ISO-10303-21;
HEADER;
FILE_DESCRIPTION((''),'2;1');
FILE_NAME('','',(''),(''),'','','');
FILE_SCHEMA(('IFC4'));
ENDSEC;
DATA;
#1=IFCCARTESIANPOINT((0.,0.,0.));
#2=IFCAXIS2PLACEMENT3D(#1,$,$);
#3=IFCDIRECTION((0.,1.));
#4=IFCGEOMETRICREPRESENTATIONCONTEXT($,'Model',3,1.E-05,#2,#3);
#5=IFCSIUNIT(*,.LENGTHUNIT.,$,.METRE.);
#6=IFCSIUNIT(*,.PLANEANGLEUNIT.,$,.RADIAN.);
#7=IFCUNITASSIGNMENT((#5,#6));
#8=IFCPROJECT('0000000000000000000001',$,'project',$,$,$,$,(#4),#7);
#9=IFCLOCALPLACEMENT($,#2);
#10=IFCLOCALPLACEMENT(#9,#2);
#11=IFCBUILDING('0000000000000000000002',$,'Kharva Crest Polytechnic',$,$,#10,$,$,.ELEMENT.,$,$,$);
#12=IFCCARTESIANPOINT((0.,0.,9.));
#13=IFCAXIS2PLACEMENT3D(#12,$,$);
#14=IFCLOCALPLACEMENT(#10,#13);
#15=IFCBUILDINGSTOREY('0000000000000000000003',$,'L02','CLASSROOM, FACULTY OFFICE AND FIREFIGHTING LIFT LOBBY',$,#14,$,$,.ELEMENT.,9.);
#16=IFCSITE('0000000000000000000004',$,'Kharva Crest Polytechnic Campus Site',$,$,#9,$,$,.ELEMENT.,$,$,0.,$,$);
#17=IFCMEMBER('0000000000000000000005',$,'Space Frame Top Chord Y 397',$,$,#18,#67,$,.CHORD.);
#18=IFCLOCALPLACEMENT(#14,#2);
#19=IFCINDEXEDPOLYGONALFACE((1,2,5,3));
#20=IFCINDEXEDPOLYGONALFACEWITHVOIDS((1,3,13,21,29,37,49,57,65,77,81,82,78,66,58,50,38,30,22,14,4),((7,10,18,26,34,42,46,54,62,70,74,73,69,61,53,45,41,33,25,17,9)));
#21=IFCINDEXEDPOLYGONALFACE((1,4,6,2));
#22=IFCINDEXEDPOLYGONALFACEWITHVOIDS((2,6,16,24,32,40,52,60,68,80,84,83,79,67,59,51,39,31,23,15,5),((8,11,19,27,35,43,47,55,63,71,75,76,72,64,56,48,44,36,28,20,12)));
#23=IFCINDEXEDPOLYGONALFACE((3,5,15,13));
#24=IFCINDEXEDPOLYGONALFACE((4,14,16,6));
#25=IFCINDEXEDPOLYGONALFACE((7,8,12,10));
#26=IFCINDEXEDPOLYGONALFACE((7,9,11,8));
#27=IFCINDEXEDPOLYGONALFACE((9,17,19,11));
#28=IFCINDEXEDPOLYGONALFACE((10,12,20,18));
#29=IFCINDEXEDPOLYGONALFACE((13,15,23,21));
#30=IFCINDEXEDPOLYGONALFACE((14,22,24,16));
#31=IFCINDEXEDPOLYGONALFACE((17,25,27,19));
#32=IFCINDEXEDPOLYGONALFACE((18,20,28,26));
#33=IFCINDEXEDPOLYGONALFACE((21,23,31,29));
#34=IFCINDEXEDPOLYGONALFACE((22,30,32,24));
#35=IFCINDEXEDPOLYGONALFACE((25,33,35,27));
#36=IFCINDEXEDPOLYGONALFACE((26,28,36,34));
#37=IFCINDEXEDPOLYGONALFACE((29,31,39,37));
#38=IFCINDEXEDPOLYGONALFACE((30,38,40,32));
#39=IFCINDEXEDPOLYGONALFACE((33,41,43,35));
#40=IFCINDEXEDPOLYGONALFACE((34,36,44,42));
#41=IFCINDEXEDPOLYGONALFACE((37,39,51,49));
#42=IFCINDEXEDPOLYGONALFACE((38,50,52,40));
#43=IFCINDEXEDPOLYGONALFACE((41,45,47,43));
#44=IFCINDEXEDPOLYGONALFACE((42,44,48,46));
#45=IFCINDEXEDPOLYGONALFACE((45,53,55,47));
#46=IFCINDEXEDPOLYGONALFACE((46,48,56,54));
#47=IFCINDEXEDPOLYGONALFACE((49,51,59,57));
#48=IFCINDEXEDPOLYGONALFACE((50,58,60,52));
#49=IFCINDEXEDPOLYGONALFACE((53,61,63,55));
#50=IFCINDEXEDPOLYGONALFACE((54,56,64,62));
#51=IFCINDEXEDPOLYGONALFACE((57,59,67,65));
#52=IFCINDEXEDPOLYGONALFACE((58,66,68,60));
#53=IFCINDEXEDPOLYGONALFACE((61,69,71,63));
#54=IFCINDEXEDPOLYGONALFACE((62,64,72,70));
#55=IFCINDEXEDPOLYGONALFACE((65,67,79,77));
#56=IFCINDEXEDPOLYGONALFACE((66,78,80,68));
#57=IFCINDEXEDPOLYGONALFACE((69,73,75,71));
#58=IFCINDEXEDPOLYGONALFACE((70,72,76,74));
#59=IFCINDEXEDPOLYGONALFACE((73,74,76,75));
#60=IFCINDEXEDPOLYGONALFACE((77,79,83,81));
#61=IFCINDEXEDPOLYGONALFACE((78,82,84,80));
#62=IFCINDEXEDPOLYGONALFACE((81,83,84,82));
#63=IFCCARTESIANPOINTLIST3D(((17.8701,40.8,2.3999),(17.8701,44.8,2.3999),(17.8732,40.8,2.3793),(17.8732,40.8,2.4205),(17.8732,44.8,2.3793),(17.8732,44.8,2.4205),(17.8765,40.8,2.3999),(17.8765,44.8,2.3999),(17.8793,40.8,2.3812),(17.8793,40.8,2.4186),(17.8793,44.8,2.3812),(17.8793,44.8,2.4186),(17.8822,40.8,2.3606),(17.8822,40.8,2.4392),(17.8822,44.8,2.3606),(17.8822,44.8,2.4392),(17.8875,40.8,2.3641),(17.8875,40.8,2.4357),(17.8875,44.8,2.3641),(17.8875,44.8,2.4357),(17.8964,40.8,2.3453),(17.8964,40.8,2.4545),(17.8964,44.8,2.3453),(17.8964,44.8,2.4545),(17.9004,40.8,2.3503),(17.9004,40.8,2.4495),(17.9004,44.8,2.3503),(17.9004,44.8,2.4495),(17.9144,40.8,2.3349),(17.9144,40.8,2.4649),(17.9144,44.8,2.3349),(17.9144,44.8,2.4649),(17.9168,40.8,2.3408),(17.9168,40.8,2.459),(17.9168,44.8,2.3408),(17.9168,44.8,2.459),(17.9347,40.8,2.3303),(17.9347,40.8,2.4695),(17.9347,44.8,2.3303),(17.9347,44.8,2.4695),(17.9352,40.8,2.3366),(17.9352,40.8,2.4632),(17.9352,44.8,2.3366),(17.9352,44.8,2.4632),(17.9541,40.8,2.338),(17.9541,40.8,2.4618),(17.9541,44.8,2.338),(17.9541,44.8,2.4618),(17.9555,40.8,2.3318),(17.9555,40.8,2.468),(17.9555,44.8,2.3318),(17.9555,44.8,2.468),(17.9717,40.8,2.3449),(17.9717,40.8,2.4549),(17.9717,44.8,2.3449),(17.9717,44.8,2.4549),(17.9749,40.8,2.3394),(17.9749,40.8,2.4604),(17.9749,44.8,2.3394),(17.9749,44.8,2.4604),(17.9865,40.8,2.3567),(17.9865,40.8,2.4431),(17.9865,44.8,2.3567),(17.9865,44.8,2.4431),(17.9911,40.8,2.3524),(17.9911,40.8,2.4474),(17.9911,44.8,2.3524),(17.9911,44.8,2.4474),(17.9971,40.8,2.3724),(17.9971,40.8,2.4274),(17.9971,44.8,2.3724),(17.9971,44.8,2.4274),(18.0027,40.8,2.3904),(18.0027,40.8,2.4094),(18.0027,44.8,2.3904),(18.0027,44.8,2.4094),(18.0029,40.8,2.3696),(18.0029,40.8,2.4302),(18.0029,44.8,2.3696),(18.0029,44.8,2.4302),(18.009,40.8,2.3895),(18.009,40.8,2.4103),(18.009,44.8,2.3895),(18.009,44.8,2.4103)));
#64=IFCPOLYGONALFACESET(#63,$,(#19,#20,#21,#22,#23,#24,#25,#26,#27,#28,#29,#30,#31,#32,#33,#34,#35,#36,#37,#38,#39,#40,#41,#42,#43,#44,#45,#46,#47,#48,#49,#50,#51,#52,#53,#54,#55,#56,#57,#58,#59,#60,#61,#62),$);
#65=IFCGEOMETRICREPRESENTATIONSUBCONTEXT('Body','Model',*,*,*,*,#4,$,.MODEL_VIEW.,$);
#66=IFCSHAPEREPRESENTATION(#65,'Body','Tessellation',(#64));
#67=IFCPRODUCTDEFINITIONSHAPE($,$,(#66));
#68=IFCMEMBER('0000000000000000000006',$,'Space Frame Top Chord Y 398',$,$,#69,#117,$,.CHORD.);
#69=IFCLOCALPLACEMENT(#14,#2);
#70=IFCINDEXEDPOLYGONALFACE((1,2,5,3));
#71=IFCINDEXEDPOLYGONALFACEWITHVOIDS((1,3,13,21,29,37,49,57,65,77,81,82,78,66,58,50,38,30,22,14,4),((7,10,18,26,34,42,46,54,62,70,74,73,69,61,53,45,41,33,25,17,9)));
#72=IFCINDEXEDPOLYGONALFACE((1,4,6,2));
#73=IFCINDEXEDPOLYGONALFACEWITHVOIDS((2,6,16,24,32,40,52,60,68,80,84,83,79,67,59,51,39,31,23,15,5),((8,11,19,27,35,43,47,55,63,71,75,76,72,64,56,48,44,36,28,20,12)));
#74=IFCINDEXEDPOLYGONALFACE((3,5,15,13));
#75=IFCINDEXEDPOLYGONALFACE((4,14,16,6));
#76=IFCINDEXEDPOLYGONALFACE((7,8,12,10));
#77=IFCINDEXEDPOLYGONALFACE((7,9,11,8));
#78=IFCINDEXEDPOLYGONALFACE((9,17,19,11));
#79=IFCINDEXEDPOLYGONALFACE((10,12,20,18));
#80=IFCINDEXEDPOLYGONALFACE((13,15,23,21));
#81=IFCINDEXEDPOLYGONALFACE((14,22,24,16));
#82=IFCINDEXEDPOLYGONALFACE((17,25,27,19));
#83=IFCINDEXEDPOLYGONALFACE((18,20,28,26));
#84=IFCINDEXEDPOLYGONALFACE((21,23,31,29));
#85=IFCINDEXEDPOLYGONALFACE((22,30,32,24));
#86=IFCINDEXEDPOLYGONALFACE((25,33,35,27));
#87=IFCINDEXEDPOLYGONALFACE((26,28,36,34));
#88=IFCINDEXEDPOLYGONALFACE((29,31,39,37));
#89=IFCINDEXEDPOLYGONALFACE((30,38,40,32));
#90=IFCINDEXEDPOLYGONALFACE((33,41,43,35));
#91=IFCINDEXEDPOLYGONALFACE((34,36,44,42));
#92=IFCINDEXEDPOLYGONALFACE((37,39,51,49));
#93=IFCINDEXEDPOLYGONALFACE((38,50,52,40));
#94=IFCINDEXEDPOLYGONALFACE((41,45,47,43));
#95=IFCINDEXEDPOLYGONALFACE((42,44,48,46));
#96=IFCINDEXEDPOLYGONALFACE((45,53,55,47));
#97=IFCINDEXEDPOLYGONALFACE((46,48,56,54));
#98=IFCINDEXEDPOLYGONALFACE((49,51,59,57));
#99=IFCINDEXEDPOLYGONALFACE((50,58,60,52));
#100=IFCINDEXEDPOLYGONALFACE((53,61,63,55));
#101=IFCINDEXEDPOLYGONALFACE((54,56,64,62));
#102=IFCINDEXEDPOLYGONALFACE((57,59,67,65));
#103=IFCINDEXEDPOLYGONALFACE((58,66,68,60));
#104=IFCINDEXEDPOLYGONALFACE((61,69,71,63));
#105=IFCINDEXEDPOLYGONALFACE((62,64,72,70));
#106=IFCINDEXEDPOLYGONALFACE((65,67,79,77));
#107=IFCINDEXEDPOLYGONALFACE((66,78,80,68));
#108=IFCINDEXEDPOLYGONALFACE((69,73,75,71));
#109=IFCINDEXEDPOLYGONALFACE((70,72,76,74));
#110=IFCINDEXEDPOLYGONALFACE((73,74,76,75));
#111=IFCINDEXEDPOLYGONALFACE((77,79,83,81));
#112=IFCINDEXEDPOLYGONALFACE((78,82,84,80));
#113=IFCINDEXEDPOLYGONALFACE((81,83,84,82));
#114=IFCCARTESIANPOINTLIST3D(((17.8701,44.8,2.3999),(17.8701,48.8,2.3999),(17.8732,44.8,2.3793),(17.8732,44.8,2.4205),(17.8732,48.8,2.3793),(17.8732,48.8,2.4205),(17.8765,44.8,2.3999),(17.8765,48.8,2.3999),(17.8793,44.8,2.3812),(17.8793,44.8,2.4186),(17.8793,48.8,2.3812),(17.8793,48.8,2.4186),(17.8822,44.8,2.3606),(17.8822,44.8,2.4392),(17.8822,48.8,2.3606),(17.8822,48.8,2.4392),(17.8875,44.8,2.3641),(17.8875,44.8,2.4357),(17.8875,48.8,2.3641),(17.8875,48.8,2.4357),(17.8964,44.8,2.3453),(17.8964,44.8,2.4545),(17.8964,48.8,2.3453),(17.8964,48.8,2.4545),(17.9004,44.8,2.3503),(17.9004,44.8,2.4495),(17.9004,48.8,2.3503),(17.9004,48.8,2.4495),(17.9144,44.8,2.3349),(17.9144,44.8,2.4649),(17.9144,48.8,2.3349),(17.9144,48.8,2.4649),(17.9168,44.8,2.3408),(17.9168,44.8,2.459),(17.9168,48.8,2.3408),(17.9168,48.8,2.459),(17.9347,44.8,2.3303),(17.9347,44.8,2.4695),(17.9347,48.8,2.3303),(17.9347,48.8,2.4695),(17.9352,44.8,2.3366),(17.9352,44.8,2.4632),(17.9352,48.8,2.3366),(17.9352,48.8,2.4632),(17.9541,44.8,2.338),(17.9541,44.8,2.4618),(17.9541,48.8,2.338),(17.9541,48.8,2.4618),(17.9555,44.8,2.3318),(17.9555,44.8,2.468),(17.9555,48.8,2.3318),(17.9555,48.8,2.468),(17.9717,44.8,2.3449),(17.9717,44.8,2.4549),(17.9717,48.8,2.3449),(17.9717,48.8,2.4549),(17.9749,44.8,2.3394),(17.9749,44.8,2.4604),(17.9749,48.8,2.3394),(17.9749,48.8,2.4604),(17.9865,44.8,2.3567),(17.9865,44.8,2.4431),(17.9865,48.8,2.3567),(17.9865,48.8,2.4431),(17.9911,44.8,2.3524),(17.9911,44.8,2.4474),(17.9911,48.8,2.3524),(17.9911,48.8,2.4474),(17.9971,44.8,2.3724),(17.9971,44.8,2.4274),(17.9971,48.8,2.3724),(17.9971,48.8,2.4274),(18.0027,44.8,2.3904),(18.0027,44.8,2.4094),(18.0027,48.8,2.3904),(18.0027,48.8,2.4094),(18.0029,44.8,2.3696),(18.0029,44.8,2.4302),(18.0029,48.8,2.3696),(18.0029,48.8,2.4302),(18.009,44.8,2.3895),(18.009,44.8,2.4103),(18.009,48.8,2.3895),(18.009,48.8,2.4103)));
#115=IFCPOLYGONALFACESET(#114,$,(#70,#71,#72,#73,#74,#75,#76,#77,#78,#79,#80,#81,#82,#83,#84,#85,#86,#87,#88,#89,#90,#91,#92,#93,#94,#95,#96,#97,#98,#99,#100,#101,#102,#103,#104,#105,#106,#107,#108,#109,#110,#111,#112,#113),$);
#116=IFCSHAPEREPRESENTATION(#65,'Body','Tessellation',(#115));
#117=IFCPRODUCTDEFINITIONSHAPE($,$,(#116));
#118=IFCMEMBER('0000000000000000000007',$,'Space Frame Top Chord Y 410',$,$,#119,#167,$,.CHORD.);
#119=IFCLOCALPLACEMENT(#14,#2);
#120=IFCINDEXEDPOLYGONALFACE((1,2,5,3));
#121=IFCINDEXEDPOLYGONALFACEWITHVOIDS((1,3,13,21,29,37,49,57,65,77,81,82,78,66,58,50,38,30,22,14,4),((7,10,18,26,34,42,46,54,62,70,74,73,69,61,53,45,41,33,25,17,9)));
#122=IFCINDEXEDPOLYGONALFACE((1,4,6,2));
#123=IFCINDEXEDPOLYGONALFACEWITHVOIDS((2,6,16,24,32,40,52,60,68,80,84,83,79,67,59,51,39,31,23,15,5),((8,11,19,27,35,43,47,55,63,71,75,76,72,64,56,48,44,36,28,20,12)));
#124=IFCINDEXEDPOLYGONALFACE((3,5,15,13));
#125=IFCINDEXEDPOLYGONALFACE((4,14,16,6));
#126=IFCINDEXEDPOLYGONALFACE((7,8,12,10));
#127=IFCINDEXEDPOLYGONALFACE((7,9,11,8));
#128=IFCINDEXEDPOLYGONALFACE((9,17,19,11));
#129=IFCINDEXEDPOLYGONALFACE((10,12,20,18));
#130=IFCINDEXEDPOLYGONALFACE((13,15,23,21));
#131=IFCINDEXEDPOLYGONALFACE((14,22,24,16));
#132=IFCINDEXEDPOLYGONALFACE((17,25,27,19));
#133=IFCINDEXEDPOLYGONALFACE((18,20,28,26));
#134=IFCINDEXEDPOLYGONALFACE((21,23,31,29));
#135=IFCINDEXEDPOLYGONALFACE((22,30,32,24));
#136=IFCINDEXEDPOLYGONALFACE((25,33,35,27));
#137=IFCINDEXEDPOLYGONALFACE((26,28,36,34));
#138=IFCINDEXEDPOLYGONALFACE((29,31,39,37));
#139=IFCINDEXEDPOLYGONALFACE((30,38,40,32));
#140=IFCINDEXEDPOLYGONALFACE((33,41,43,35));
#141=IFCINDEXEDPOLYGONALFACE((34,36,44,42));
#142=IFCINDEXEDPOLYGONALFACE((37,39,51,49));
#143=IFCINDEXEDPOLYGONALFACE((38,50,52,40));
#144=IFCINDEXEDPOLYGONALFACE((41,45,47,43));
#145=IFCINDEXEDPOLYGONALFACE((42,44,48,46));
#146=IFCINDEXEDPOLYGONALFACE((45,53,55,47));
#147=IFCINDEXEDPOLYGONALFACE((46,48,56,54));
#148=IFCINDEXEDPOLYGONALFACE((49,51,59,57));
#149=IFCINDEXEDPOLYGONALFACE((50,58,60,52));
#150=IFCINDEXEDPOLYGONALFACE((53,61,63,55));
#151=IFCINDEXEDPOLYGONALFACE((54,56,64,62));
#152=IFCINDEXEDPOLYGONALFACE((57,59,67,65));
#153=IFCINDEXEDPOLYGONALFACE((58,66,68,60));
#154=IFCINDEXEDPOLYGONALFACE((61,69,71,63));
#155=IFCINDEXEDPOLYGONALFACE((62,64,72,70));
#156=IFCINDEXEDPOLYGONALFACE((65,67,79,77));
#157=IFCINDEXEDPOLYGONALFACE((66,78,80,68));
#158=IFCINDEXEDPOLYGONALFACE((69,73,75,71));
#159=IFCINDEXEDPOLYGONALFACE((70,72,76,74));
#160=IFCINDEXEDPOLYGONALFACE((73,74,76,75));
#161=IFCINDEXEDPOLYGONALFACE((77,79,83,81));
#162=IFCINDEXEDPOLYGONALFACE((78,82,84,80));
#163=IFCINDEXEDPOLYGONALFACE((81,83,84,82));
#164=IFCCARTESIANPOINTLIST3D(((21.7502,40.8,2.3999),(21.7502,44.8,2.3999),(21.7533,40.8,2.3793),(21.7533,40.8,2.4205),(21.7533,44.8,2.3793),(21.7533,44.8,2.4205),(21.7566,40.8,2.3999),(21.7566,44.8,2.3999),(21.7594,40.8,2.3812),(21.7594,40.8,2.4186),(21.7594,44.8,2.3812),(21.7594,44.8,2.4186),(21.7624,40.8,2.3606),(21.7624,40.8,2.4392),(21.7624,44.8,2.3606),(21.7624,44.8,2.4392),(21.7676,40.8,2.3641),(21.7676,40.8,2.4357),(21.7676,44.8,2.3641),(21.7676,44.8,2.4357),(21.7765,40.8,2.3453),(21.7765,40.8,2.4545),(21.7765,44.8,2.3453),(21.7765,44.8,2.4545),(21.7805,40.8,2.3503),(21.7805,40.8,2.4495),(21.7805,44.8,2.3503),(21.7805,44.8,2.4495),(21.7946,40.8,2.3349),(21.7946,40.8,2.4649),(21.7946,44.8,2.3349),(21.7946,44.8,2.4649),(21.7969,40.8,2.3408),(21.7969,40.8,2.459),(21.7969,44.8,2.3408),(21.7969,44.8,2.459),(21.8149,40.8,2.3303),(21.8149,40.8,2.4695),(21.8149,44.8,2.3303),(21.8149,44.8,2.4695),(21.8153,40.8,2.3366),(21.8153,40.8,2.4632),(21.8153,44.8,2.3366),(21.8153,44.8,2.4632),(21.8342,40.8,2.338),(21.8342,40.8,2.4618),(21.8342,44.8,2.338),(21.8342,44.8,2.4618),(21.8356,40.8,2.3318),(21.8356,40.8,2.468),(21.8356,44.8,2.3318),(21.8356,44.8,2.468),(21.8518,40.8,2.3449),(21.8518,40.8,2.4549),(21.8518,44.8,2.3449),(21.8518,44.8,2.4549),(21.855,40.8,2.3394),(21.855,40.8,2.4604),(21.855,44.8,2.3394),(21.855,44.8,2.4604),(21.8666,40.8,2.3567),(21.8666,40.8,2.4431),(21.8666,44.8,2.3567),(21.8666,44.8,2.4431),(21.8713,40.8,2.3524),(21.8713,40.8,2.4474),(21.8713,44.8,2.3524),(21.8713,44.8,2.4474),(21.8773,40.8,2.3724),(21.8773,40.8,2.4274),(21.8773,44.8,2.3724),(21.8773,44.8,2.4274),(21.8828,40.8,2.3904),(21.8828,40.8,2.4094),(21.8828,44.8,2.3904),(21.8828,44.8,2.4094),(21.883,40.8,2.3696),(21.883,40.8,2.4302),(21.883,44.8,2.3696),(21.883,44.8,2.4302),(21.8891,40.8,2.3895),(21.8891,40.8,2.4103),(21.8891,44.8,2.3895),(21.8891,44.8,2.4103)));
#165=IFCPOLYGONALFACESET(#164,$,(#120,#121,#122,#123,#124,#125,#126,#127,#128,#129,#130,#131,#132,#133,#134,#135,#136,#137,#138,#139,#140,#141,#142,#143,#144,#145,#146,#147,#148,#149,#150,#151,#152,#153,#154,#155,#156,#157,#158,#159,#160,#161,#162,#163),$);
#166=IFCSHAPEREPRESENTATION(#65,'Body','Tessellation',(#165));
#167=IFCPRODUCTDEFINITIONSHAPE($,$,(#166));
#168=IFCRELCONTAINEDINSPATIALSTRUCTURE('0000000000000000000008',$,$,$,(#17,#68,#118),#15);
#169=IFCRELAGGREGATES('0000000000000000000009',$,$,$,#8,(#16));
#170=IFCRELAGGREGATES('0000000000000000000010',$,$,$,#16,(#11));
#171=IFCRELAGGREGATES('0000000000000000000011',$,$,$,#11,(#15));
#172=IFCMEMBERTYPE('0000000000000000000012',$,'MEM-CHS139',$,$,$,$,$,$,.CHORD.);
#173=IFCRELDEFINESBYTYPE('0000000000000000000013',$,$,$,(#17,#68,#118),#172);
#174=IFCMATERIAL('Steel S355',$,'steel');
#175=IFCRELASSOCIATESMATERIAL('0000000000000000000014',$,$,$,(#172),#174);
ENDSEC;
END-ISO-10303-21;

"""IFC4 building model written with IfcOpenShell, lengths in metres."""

from ifc_helpers import new_model, si_unit, direction, frame, origin, origin_2d, place, context, subcontext, project, spatial, hollow_circle, extrude, material, material_profile, profile_set, type_object, element, save


model = new_model("IFC4")

# Units and contexts
model_context = context("Model", 3, precision=1e-05, world=origin(), true_north=direction((0.0, 1.0)))
body_context = subcontext(model_context, "Body", "Model", "MODEL_VIEW")
ifc_project = project(units=[si_unit("LENGTHUNIT", "METRE"), si_unit("PLANEANGLEUNIT", "RADIAN")], contexts=[model_context])

# Site, building, storey
site_placement = place(None, origin())
site = spatial("IfcSite", under=ifc_project, at=site_placement, Name="Kharva Crest Polytechnic Campus Site", CompositionType="ELEMENT", RefElevation=0.0)
building_placement = place(site_placement, origin())
building = spatial("IfcBuilding", under=site, at=building_placement, Name="Kharva Crest Polytechnic", CompositionType="ELEMENT")
storey_placement = place(building_placement, frame((0.0, 0.0, 9.0)))
storey = spatial("IfcBuildingStorey", under=building, at=storey_placement, Name="L02", Description="CLASSROOM, FACULTY OFFICE AND FIREFIGHTING LIFT LOBBY", CompositionType="ELEMENT", Elevation=9.0)

# Members
ifc_material = material(Name="Steel S355", Category="steel")
ifc_material_profile_1 = material_profile(ifc_material, hollow_circle(Radius=0.0698, WallThickness=0.0063, at=origin_2d()), Name="CHS 139.7X6.3")
ifc_profile_set_1 = profile_set([ifc_material_profile_1], Name="Steel S355")
member_type_1 = type_object("IfcMemberType", Name="MEM-CHS139", PredefinedType="CHORD", material=ifc_profile_set_1)
for number, where, z_axis, x_axis, name in (
    (1, (17.9399, 40.8, 2.3999), (0.0, 1.0, 0.0), (-1.0, 0.0, 0.0), "Space Frame Top Chord Y 397"),
    (2, (17.9399, 44.8, 2.3999), (0.0, 1.0, 0.0), (-1.0, 0.0, 0.0), "Space Frame Top Chord Y 398"),
    (3, (21.8201, 40.8, 2.3999), (0.0, 1.0, 0.0), (-1.0, 0.0, 0.0), "Space Frame Top Chord Y 410"),
):
    element("IfcMember", number, at=place(storey_placement, frame(where, z_axis=z_axis, x_axis=x_axis)), inside=storey, type_object=member_type_1, Name=name, PredefinedType="CHORD", context=body_context, shape_type="SweptSolid", body=[
        extrude(hollow_circle(Radius=0.0698, WallThickness=0.0063, at=origin_2d()), origin(), (0.0, 0.0, 1.0), 4.0),
    ])

save(model, "model.ifc")
